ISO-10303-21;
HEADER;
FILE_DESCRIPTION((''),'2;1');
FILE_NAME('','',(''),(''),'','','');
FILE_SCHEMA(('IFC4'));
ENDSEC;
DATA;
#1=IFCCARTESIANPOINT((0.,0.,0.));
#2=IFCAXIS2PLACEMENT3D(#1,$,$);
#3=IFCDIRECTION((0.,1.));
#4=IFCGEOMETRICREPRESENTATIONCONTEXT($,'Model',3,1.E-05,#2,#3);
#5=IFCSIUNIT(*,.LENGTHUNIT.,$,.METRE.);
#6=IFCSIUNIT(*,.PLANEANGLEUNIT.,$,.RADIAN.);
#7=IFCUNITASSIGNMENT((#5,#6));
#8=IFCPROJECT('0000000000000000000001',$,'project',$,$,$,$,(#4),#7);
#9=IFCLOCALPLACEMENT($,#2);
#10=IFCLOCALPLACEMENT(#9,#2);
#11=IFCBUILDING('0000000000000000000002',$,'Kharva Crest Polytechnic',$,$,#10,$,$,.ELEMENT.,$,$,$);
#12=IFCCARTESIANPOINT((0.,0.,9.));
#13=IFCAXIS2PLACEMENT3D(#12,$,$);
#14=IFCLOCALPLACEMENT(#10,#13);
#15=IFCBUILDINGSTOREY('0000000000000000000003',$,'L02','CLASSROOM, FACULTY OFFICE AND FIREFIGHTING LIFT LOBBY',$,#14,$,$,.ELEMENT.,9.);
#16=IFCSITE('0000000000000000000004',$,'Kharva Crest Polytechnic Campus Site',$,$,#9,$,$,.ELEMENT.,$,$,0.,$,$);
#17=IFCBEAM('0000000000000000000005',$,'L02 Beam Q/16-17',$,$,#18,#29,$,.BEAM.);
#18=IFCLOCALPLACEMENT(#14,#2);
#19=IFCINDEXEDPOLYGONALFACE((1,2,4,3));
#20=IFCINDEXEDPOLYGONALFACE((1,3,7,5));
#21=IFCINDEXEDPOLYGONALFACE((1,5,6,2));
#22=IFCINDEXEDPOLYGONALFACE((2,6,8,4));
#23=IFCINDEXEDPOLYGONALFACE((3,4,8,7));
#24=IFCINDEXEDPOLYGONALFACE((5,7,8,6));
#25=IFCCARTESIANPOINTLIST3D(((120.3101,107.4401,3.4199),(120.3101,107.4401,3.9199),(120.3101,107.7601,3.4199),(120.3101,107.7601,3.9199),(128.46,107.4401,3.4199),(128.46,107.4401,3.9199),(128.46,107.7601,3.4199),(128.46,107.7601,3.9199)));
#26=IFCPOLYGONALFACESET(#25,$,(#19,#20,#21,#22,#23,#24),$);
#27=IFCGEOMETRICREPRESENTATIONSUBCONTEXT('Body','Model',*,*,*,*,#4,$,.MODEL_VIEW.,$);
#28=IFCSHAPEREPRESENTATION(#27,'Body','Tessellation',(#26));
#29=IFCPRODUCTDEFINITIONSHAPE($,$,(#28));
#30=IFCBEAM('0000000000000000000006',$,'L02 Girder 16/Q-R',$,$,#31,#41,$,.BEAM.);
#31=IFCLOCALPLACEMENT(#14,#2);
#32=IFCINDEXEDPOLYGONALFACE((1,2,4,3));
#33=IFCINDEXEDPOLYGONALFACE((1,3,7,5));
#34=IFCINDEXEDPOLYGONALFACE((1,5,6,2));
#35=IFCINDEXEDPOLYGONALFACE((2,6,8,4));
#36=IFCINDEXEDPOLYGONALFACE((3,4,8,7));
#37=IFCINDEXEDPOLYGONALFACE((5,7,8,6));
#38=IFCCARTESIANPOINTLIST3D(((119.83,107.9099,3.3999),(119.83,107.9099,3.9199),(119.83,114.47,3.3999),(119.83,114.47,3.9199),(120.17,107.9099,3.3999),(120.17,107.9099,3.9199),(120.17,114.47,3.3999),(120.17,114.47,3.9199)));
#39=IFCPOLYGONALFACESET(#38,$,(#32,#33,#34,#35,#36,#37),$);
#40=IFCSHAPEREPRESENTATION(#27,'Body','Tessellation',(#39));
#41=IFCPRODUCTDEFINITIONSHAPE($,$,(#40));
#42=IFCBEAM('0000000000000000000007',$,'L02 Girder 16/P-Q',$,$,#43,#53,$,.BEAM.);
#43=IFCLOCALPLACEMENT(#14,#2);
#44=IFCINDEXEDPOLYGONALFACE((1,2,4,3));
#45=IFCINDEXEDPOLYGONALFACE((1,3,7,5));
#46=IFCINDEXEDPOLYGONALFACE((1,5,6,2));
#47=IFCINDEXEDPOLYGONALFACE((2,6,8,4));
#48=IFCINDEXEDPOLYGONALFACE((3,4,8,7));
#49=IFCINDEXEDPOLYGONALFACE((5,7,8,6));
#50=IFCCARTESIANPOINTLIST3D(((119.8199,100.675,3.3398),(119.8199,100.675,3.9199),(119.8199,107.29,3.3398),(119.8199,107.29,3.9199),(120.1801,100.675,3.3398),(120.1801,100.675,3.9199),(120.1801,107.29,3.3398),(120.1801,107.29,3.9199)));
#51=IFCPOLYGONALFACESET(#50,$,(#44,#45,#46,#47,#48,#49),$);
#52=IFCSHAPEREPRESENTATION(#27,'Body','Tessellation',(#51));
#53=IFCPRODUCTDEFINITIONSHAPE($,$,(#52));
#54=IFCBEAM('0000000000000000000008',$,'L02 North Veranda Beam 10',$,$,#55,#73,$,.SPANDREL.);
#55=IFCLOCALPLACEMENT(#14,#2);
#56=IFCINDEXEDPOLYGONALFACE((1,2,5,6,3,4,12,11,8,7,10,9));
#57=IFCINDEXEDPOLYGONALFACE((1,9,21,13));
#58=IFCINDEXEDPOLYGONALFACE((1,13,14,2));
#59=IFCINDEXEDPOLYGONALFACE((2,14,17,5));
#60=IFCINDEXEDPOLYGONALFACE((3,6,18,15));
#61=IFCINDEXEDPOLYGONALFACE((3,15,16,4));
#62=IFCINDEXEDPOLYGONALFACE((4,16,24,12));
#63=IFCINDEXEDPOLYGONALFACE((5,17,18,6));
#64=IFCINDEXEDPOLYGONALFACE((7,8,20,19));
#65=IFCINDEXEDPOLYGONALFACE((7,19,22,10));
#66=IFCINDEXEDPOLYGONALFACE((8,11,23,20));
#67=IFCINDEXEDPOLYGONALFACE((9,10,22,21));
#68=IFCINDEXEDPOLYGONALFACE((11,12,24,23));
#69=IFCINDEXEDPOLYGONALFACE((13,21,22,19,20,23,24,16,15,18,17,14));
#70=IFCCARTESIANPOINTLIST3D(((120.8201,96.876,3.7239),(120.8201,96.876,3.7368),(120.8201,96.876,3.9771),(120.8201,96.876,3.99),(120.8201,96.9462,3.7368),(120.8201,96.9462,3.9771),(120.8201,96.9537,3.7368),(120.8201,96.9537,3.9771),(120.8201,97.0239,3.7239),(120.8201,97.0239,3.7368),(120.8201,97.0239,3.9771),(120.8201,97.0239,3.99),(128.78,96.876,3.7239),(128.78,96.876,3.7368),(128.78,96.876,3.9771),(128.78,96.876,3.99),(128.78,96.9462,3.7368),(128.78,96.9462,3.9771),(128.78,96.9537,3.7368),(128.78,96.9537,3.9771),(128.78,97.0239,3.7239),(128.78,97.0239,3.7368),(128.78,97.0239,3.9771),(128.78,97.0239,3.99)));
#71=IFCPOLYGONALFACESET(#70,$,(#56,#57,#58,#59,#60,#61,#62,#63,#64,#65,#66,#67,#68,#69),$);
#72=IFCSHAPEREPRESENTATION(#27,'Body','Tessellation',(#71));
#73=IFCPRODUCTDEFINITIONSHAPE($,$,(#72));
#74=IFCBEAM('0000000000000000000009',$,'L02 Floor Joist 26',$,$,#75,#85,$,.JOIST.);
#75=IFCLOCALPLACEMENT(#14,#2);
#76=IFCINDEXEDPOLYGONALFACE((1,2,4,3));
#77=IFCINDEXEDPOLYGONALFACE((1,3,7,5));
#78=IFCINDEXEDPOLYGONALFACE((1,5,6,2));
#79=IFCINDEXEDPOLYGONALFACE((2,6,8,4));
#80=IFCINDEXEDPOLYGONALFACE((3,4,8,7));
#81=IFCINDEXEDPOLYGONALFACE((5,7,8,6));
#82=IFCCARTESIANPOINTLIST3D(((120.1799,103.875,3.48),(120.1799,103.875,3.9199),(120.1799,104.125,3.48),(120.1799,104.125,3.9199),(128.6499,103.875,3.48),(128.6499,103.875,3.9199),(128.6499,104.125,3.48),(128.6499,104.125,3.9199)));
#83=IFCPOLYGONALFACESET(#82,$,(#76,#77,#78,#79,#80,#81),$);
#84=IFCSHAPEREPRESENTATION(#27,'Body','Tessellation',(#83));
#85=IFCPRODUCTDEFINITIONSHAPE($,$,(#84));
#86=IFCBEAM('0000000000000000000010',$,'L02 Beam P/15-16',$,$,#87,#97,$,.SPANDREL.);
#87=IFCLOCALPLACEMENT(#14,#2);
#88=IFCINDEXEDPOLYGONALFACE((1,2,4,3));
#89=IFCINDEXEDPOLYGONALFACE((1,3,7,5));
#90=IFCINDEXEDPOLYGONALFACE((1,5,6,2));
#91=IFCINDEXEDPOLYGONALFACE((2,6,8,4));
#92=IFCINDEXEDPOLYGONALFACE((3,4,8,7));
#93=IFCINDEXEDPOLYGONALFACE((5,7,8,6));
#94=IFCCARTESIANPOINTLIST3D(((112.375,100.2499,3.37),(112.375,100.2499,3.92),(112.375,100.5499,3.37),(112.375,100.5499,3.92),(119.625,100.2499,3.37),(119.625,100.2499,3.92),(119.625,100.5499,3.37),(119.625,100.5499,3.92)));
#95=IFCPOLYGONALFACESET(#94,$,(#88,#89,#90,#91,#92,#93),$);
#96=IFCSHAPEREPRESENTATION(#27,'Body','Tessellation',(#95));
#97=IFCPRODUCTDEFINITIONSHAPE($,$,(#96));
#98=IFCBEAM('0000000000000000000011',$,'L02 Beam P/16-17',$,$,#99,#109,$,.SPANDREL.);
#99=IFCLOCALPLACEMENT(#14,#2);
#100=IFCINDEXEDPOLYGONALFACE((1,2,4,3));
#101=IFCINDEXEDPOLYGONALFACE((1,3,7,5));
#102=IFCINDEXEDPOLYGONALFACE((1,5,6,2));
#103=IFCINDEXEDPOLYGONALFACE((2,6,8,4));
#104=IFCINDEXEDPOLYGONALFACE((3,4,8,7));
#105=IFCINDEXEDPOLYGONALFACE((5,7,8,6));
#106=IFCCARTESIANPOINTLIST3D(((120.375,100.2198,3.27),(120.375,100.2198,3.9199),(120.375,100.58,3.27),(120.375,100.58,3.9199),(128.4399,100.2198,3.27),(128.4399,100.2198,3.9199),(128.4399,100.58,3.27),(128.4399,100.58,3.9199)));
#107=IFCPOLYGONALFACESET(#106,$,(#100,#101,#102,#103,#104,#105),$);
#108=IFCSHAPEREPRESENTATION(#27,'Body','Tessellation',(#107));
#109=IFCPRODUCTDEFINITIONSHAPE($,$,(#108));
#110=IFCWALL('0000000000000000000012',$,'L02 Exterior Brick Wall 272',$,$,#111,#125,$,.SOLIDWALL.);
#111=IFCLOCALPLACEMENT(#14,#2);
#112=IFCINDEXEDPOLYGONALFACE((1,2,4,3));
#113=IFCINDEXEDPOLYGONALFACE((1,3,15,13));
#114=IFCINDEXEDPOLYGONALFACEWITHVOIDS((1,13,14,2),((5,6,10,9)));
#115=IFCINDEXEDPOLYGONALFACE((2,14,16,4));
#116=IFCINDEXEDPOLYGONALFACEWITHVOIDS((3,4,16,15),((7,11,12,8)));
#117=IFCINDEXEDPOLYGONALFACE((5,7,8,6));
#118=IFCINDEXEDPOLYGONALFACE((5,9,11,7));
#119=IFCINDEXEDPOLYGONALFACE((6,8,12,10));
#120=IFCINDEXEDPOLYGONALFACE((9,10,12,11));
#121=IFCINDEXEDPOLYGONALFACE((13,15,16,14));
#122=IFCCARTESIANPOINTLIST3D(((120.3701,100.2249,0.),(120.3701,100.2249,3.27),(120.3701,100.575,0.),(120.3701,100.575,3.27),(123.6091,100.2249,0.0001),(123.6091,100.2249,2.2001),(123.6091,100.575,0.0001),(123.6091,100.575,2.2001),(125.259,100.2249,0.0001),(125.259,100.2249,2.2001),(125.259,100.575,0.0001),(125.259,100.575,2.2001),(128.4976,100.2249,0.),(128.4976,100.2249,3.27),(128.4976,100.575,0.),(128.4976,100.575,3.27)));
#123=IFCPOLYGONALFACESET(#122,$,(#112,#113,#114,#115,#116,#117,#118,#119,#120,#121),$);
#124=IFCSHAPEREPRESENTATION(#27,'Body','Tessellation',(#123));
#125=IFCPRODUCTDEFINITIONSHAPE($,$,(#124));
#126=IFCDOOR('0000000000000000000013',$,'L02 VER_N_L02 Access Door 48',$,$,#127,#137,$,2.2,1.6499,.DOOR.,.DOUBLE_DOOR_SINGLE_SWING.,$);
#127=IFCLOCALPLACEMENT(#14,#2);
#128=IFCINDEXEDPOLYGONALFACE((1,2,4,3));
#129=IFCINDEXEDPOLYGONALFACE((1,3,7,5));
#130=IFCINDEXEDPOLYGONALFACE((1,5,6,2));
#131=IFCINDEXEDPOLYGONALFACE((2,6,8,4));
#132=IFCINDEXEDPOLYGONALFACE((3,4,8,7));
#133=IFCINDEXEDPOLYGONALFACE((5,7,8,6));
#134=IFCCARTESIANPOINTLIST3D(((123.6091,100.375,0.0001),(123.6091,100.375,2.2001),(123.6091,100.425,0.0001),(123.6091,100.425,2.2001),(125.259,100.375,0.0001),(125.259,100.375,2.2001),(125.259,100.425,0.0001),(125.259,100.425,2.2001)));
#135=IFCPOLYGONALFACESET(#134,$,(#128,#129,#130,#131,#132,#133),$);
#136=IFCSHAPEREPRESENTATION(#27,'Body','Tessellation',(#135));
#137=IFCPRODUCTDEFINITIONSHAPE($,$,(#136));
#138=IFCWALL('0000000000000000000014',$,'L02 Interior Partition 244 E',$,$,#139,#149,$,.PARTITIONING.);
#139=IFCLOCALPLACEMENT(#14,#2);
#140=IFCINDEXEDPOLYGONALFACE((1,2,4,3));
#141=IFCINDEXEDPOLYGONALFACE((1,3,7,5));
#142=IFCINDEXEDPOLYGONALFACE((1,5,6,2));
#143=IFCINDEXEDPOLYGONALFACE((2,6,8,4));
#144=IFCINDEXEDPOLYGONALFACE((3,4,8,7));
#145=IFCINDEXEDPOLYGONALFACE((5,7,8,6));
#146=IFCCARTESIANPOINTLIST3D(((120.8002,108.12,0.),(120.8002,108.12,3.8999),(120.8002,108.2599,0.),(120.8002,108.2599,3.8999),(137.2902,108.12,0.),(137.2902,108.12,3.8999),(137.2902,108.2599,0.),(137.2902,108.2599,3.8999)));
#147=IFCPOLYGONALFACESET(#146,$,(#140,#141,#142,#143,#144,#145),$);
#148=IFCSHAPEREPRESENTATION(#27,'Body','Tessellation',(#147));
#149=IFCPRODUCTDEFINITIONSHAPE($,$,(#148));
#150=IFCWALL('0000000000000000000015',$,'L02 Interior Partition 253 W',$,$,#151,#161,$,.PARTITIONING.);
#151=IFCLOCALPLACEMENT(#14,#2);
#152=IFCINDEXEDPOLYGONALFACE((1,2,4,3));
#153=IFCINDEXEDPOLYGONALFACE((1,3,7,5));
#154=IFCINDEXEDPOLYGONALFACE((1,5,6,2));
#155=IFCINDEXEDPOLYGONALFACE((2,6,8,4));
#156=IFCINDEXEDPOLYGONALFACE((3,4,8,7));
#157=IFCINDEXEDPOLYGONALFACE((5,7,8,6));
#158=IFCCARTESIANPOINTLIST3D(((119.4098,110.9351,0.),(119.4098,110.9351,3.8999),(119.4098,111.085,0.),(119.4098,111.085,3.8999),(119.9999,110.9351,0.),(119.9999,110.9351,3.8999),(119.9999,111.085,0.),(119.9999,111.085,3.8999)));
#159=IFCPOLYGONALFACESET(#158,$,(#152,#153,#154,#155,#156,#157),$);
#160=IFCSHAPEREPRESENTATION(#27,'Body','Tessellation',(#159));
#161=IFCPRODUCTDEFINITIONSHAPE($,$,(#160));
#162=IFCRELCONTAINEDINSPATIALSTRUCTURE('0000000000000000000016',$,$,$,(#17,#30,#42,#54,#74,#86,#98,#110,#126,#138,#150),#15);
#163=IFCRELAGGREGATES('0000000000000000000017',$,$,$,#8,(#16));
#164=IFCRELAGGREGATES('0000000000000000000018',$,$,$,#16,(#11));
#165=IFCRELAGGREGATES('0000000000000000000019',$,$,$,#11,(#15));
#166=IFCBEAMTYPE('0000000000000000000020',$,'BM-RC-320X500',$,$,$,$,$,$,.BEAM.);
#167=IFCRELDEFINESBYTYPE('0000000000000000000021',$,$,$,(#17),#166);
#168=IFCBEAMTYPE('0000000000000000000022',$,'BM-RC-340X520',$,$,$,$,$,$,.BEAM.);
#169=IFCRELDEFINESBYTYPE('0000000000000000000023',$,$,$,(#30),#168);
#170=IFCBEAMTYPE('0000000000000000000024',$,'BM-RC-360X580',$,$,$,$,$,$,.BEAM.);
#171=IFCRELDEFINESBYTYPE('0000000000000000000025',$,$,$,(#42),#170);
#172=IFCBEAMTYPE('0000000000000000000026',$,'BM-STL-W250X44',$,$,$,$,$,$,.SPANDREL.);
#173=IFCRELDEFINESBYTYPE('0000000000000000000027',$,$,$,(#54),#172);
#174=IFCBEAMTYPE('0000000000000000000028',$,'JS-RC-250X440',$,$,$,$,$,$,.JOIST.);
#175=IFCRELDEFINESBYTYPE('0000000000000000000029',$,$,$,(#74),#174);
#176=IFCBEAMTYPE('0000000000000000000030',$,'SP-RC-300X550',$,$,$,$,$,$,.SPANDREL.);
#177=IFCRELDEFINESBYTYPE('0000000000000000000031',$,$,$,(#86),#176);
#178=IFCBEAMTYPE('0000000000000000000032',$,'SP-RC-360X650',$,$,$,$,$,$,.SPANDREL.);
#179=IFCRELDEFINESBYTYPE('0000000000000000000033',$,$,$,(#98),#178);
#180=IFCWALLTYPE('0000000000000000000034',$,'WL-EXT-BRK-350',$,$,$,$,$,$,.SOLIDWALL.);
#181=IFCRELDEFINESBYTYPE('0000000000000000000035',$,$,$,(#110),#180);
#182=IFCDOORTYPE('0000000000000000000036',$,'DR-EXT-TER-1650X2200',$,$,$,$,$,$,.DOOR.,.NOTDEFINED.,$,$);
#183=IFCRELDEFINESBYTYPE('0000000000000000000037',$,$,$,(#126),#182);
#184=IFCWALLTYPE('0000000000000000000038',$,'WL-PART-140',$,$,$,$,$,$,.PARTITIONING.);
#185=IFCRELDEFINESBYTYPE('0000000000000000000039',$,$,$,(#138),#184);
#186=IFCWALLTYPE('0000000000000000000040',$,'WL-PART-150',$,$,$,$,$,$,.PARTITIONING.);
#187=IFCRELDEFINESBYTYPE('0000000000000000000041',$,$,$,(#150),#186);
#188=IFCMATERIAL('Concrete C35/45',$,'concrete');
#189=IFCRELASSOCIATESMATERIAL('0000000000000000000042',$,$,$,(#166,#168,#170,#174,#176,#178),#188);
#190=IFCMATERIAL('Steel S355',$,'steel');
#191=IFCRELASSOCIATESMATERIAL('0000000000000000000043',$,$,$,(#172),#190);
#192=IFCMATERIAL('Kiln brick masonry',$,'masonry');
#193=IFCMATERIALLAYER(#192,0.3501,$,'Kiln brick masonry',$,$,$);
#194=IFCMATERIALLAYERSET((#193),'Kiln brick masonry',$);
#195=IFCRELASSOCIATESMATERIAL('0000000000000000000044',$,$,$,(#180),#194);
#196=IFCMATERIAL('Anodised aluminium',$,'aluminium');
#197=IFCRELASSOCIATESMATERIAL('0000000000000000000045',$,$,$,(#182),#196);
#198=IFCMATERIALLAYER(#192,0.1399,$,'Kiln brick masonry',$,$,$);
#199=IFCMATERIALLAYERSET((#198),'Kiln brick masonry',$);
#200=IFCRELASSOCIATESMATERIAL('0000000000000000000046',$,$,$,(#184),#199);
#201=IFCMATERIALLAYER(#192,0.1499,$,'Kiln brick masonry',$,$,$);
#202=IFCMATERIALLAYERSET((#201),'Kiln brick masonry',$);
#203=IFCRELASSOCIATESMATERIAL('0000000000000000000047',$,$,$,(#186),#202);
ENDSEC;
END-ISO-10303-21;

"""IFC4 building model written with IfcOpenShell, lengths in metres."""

from ifc_helpers import new_model, si_unit, direction, frame, frame_2d, origin, origin_2d, place, context, subcontext, project, spatial, rectangle, i_section, extrude, material, layer, layer_set, material_profile, profile_set, type_object, element, fill, save


model = new_model("IFC4")

# Units and contexts
model_context = context("Model", 3, precision=1e-05, world=origin(), true_north=direction((0.0, 1.0)))
body_context = subcontext(model_context, "Body", "Model", "MODEL_VIEW")
ifc_project = project(units=[si_unit("LENGTHUNIT", "METRE"), si_unit("PLANEANGLEUNIT", "RADIAN")], contexts=[model_context])

# Site, building, storey
site_placement = place(None, origin())
site = spatial("IfcSite", under=ifc_project, at=site_placement, Name="Kharva Crest Polytechnic Campus Site", CompositionType="ELEMENT", RefElevation=0.0)
building_placement = place(site_placement, origin())
building = spatial("IfcBuilding", under=site, at=building_placement, Name="Kharva Crest Polytechnic", CompositionType="ELEMENT")
storey_placement = place(building_placement, frame((0.0, 0.0, 9.0)))
storey = spatial("IfcBuildingStorey", under=building, at=storey_placement, Name="L02", Description="CLASSROOM, FACULTY OFFICE AND FIREFIGHTING LIFT LOBBY", CompositionType="ELEMENT", Elevation=9.0)

# Shared definitions
ifc_material_1 = material(Name="Steel S355", Category="steel")

# Beams
ifc_material_2 = material(Name="Concrete C35/45", Category="concrete")
ifc_material_profile_1 = material_profile(ifc_material_2, rectangle(XDim=0.3201, YDim=0.5, at=origin_2d()), Name="RECT 320 X 500")
ifc_profile_set_1 = profile_set([ifc_material_profile_1], Name="Concrete C35/45")
beam_type_1 = type_object("IfcBeamType", Name="BM-RC-320X500", PredefinedType="BEAM", material=ifc_profile_set_1)
beam_1_placement = place(storey_placement, frame((120.3101, 107.6001, 3.6699), z_axis=(1.0, 0.0, 0.0), x_axis=(0.0, 1.0, 0.0)))
element("IfcBeam", 1, at=beam_1_placement, inside=storey, type_object=beam_type_1, Name="L02 Beam Q/16-17", PredefinedType="BEAM", context=body_context, shape_type="SweptSolid", body=[
    extrude(rectangle(XDim=0.3201, YDim=0.5, at=origin_2d()), origin(), (0.0, 0.0, 1.0), 8.1499),
])
ifc_material_profile_2 = material_profile(ifc_material_2, rectangle(XDim=0.3401, YDim=0.52, at=origin_2d()), Name="RECT 340 X 520")
ifc_profile_set_2 = profile_set([ifc_material_profile_2], Name="Concrete C35/45")
beam_type_2 = type_object("IfcBeamType", Name="BM-RC-340X520", PredefinedType="BEAM", material=ifc_profile_set_2)
beam_2_placement = place(storey_placement, frame((120.0, 107.9099, 3.6599), z_axis=(0.0, 1.0, 0.0), x_axis=(-1.0, 0.0, 0.0)))
element("IfcBeam", 2, at=beam_2_placement, inside=storey, type_object=beam_type_2, Name="L02 Girder 16/Q-R", PredefinedType="BEAM", context=body_context, shape_type="SweptSolid", body=[
    extrude(rectangle(XDim=0.3401, YDim=0.52, at=origin_2d()), origin(), (0.0, 0.0, 1.0), 6.5601),
])
ifc_material_profile_3 = material_profile(ifc_material_2, rectangle(XDim=0.3601, YDim=0.5801, at=origin_2d()), Name="RECT 360 X 580")
ifc_profile_set_3 = profile_set([ifc_material_profile_3], Name="Concrete C35/45")
beam_type_3 = type_object("IfcBeamType", Name="BM-RC-360X580", PredefinedType="BEAM", material=ifc_profile_set_3)
beam_3_placement = place(storey_placement, frame((120.0, 100.675, 3.6299), z_axis=(0.0, 1.0, 0.0), x_axis=(-1.0, 0.0, 0.0)))
element("IfcBeam", 3, at=beam_3_placement, inside=storey, type_object=beam_type_3, Name="L02 Girder 16/P-Q", PredefinedType="BEAM", context=body_context, shape_type="SweptSolid", body=[
    extrude(rectangle(XDim=0.3601, YDim=0.5801, at=origin_2d()), origin(), (0.0, 0.0, 1.0), 6.615),
])
ifc_material_profile_4 = material_profile(ifc_material_1, i_section(OverallWidth=0.1479, OverallDepth=0.2661, WebThickness=0.0076, FlangeThickness=0.0129, at=origin_2d()), Name="W250X44.8")
ifc_profile_set_4 = profile_set([ifc_material_profile_4], Name="Steel S355")
beam_type_4 = type_object("IfcBeamType", Name="BM-STL-W250X44", PredefinedType="SPANDREL", material=ifc_profile_set_4)
beam_4_placement = place(storey_placement, frame((120.8201, 96.95, 3.8569), z_axis=(1.0, 0.0, 0.0), x_axis=(0.0, 1.0, 0.0)))
element("IfcBeam", 4, at=beam_4_placement, inside=storey, type_object=beam_type_4, Name="L02 North Veranda Beam 10", PredefinedType="SPANDREL", context=body_context, shape_type="SweptSolid", body=[
    extrude(i_section(OverallWidth=0.1479, OverallDepth=0.2661, WebThickness=0.0076, FlangeThickness=0.0129, at=origin_2d()), origin(), (0.0, 0.0, 1.0), 7.96),
])
ifc_material_profile_5 = material_profile(ifc_material_2, rectangle(XDim=0.25, YDim=0.4399, at=origin_2d()), Name="RECT 250 X 440")
ifc_profile_set_5 = profile_set([ifc_material_profile_5], Name="Concrete C35/45")
beam_type_5 = type_object("IfcBeamType", Name="JS-RC-250X440", PredefinedType="JOIST", material=ifc_profile_set_5)
beam_5_placement = place(storey_placement, frame((120.1799, 104.0, 3.7), z_axis=(1.0, 0.0, 0.0), x_axis=(0.0, 1.0, 0.0)))
element("IfcBeam", 5, at=beam_5_placement, inside=storey, type_object=beam_type_5, Name="L02 Floor Joist 26", PredefinedType="JOIST", context=body_context, shape_type="SweptSolid", body=[
    extrude(rectangle(XDim=0.25, YDim=0.4399, at=origin_2d()), origin(), (0.0, 0.0, 1.0), 8.47),
])
ifc_material_profile_6 = material_profile(ifc_material_2, rectangle(XDim=0.3, YDim=0.55, at=origin_2d()), Name="RECT 300 X 550")
ifc_profile_set_6 = profile_set([ifc_material_profile_6], Name="Concrete C35/45")
beam_type_6 = type_object("IfcBeamType", Name="SP-RC-300X550", PredefinedType="SPANDREL", material=ifc_profile_set_6)
beam_6_placement = place(storey_placement, frame((112.375, 100.3999, 3.645), z_axis=(1.0, 0.0, 0.0), x_axis=(0.0, 1.0, 0.0)))
element("IfcBeam", 6, at=beam_6_placement, inside=storey, type_object=beam_type_6, Name="L02 Beam P/15-16", PredefinedType="SPANDREL", context=body_context, shape_type="SweptSolid", body=[
    extrude(rectangle(XDim=0.3, YDim=0.55, at=origin_2d()), origin(), (0.0, 0.0, 1.0), 7.25),
])
ifc_material_profile_7 = material_profile(ifc_material_2, rectangle(XDim=0.3601, YDim=0.6499, at=origin_2d()), Name="RECT 360 X 650")
ifc_profile_set_7 = profile_set([ifc_material_profile_7], Name="Concrete C35/45")
beam_type_7 = type_object("IfcBeamType", Name="SP-RC-360X650", PredefinedType="SPANDREL", material=ifc_profile_set_7)
beam_7_placement = place(storey_placement, frame((120.375, 100.3999, 3.595), z_axis=(1.0, 0.0, 0.0), x_axis=(0.0, 1.0, 0.0)))
element("IfcBeam", 7, at=beam_7_placement, inside=storey, type_object=beam_type_7, Name="L02 Beam P/16-17", PredefinedType="SPANDREL", context=body_context, shape_type="SweptSolid", body=[
    extrude(rectangle(XDim=0.3601, YDim=0.6499, at=origin_2d()), origin(), (0.0, 0.0, 1.0), 8.0649),
])

# Wall, opening, door
ifc_material_3 = material(Name="Kiln brick masonry", Category="masonry")
ifc_layer_1 = layer(ifc_material_3, 0.3501, Name="Kiln brick masonry")
ifc_layer_set_1 = layer_set([ifc_layer_1], Name="Kiln brick masonry")
wall_type_1 = type_object("IfcWallType", Name="WL-EXT-BRK-350", PredefinedType="SOLIDWALL", material=ifc_layer_set_1)
wall_1_placement = place(storey_placement, frame((120.3701, 100.3999, 0.0), z_axis=(0.0, 0.0, 1.0), x_axis=(1.0, 0.0, 0.0)))
wall_1 = element("IfcWall", 8, at=wall_1_placement, inside=storey, type_object=wall_type_1, Name="L02 Exterior Brick Wall 272", PredefinedType="SOLIDWALL", context=body_context, shape_type="SweptSolid", body=[
    extrude(rectangle(XDim=8.1274, YDim=0.3501, at=frame_2d((4.0637, 0.0))), origin(), (0.0, 0.0, 1.0), 3.27),
])
opening_1_placement = place(wall_1_placement, frame((3.239, 0.0, 0.0)))
opening_1 = element("IfcOpeningElement", 9, at=opening_1_placement, cuts=wall_1, PredefinedType="OPENING", context=body_context, shape_type="SweptSolid", body=[
    extrude(rectangle(XDim=1.6499, YDim=2.2, at=frame_2d((0.825, 1.1001))), frame((0.0, 0.1851, 0.0), z_axis=(0.0, -1.0, 0.0), x_axis=(1.0, 0.0, 0.0)), (0.0, 0.0, 1.0), 0.3701),
])
ifc_material_4 = material(Name="Anodised aluminium", Category="aluminium")
door_type_1 = type_object("IfcDoorType", Name="DR-EXT-TER-1650X2200", OperationType="NOTDEFINED", PredefinedType="DOOR", material=ifc_material_4)
door_1_placement = place(opening_1_placement, frame((1.6499, 0.0, 0.0), z_axis=(0.0, 0.0, 1.0), x_axis=(-1.0, 0.0, 0.0)))
door_1 = element("IfcDoor", 10, at=door_1_placement, inside=storey, type_object=door_type_1, Name="L02 VER_N_L02 Access Door 48", OperationType="DOUBLE_DOOR_SINGLE_SWING", OverallHeight=2.2, OverallWidth=1.6499, PredefinedType="DOOR", context=body_context, shape_type="SweptSolid", body=[
    extrude(rectangle(XDim=1.6499, YDim=2.2, at=frame_2d((0.825, 1.1001))), frame((0.0, 0.0249, 0.0), z_axis=(0.0, -1.0, 0.0), x_axis=(1.0, 0.0, 0.0)), (0.0, 0.0, 1.0), 0.05),
])
fill(opening_1, door_1)

# Walls
ifc_layer_2 = layer(ifc_material_3, 0.1399, Name="Kiln brick masonry")
ifc_layer_set_2 = layer_set([ifc_layer_2], Name="Kiln brick masonry")
wall_type_2 = type_object("IfcWallType", Name="WL-PART-140", PredefinedType="PARTITIONING", material=ifc_layer_set_2)
wall_2_placement = place(storey_placement, frame((120.8, 108.1899, 0.0), z_axis=(0.0, 0.0, 1.0), x_axis=(1.0, 0.0, 0.0)))
element("IfcWall", 11, at=wall_2_placement, inside=storey, type_object=wall_type_2, Name="L02 Interior Partition 244 E", PredefinedType="PARTITIONING", context=body_context, shape_type="SweptSolid", body=[
    extrude(rectangle(XDim=16.49, YDim=0.1399, at=frame_2d((8.2451, 0.0))), origin(), (0.0, 0.0, 1.0), 3.8999),
])
ifc_layer_3 = layer(ifc_material_3, 0.1499, Name="Kiln brick masonry")
ifc_layer_set_3 = layer_set([ifc_layer_3], Name="Kiln brick masonry")
wall_type_3 = type_object("IfcWallType", Name="WL-PART-150", PredefinedType="PARTITIONING", material=ifc_layer_set_3)
wall_3_placement = place(storey_placement, frame((119.4099, 111.01, 0.0), z_axis=(0.0, 0.0, 1.0), x_axis=(1.0, 0.0, 0.0)))
element("IfcWall", 12, at=wall_3_placement, inside=storey, type_object=wall_type_3, Name="L02 Interior Partition 253 W", PredefinedType="PARTITIONING", context=body_context, shape_type="SweptSolid", body=[
    extrude(rectangle(XDim=0.5901, YDim=0.1499, at=frame_2d((0.2949, 0.0))), origin(), (0.0, 0.0, 1.0), 3.8999),
])

save(model, "model.ifc")
